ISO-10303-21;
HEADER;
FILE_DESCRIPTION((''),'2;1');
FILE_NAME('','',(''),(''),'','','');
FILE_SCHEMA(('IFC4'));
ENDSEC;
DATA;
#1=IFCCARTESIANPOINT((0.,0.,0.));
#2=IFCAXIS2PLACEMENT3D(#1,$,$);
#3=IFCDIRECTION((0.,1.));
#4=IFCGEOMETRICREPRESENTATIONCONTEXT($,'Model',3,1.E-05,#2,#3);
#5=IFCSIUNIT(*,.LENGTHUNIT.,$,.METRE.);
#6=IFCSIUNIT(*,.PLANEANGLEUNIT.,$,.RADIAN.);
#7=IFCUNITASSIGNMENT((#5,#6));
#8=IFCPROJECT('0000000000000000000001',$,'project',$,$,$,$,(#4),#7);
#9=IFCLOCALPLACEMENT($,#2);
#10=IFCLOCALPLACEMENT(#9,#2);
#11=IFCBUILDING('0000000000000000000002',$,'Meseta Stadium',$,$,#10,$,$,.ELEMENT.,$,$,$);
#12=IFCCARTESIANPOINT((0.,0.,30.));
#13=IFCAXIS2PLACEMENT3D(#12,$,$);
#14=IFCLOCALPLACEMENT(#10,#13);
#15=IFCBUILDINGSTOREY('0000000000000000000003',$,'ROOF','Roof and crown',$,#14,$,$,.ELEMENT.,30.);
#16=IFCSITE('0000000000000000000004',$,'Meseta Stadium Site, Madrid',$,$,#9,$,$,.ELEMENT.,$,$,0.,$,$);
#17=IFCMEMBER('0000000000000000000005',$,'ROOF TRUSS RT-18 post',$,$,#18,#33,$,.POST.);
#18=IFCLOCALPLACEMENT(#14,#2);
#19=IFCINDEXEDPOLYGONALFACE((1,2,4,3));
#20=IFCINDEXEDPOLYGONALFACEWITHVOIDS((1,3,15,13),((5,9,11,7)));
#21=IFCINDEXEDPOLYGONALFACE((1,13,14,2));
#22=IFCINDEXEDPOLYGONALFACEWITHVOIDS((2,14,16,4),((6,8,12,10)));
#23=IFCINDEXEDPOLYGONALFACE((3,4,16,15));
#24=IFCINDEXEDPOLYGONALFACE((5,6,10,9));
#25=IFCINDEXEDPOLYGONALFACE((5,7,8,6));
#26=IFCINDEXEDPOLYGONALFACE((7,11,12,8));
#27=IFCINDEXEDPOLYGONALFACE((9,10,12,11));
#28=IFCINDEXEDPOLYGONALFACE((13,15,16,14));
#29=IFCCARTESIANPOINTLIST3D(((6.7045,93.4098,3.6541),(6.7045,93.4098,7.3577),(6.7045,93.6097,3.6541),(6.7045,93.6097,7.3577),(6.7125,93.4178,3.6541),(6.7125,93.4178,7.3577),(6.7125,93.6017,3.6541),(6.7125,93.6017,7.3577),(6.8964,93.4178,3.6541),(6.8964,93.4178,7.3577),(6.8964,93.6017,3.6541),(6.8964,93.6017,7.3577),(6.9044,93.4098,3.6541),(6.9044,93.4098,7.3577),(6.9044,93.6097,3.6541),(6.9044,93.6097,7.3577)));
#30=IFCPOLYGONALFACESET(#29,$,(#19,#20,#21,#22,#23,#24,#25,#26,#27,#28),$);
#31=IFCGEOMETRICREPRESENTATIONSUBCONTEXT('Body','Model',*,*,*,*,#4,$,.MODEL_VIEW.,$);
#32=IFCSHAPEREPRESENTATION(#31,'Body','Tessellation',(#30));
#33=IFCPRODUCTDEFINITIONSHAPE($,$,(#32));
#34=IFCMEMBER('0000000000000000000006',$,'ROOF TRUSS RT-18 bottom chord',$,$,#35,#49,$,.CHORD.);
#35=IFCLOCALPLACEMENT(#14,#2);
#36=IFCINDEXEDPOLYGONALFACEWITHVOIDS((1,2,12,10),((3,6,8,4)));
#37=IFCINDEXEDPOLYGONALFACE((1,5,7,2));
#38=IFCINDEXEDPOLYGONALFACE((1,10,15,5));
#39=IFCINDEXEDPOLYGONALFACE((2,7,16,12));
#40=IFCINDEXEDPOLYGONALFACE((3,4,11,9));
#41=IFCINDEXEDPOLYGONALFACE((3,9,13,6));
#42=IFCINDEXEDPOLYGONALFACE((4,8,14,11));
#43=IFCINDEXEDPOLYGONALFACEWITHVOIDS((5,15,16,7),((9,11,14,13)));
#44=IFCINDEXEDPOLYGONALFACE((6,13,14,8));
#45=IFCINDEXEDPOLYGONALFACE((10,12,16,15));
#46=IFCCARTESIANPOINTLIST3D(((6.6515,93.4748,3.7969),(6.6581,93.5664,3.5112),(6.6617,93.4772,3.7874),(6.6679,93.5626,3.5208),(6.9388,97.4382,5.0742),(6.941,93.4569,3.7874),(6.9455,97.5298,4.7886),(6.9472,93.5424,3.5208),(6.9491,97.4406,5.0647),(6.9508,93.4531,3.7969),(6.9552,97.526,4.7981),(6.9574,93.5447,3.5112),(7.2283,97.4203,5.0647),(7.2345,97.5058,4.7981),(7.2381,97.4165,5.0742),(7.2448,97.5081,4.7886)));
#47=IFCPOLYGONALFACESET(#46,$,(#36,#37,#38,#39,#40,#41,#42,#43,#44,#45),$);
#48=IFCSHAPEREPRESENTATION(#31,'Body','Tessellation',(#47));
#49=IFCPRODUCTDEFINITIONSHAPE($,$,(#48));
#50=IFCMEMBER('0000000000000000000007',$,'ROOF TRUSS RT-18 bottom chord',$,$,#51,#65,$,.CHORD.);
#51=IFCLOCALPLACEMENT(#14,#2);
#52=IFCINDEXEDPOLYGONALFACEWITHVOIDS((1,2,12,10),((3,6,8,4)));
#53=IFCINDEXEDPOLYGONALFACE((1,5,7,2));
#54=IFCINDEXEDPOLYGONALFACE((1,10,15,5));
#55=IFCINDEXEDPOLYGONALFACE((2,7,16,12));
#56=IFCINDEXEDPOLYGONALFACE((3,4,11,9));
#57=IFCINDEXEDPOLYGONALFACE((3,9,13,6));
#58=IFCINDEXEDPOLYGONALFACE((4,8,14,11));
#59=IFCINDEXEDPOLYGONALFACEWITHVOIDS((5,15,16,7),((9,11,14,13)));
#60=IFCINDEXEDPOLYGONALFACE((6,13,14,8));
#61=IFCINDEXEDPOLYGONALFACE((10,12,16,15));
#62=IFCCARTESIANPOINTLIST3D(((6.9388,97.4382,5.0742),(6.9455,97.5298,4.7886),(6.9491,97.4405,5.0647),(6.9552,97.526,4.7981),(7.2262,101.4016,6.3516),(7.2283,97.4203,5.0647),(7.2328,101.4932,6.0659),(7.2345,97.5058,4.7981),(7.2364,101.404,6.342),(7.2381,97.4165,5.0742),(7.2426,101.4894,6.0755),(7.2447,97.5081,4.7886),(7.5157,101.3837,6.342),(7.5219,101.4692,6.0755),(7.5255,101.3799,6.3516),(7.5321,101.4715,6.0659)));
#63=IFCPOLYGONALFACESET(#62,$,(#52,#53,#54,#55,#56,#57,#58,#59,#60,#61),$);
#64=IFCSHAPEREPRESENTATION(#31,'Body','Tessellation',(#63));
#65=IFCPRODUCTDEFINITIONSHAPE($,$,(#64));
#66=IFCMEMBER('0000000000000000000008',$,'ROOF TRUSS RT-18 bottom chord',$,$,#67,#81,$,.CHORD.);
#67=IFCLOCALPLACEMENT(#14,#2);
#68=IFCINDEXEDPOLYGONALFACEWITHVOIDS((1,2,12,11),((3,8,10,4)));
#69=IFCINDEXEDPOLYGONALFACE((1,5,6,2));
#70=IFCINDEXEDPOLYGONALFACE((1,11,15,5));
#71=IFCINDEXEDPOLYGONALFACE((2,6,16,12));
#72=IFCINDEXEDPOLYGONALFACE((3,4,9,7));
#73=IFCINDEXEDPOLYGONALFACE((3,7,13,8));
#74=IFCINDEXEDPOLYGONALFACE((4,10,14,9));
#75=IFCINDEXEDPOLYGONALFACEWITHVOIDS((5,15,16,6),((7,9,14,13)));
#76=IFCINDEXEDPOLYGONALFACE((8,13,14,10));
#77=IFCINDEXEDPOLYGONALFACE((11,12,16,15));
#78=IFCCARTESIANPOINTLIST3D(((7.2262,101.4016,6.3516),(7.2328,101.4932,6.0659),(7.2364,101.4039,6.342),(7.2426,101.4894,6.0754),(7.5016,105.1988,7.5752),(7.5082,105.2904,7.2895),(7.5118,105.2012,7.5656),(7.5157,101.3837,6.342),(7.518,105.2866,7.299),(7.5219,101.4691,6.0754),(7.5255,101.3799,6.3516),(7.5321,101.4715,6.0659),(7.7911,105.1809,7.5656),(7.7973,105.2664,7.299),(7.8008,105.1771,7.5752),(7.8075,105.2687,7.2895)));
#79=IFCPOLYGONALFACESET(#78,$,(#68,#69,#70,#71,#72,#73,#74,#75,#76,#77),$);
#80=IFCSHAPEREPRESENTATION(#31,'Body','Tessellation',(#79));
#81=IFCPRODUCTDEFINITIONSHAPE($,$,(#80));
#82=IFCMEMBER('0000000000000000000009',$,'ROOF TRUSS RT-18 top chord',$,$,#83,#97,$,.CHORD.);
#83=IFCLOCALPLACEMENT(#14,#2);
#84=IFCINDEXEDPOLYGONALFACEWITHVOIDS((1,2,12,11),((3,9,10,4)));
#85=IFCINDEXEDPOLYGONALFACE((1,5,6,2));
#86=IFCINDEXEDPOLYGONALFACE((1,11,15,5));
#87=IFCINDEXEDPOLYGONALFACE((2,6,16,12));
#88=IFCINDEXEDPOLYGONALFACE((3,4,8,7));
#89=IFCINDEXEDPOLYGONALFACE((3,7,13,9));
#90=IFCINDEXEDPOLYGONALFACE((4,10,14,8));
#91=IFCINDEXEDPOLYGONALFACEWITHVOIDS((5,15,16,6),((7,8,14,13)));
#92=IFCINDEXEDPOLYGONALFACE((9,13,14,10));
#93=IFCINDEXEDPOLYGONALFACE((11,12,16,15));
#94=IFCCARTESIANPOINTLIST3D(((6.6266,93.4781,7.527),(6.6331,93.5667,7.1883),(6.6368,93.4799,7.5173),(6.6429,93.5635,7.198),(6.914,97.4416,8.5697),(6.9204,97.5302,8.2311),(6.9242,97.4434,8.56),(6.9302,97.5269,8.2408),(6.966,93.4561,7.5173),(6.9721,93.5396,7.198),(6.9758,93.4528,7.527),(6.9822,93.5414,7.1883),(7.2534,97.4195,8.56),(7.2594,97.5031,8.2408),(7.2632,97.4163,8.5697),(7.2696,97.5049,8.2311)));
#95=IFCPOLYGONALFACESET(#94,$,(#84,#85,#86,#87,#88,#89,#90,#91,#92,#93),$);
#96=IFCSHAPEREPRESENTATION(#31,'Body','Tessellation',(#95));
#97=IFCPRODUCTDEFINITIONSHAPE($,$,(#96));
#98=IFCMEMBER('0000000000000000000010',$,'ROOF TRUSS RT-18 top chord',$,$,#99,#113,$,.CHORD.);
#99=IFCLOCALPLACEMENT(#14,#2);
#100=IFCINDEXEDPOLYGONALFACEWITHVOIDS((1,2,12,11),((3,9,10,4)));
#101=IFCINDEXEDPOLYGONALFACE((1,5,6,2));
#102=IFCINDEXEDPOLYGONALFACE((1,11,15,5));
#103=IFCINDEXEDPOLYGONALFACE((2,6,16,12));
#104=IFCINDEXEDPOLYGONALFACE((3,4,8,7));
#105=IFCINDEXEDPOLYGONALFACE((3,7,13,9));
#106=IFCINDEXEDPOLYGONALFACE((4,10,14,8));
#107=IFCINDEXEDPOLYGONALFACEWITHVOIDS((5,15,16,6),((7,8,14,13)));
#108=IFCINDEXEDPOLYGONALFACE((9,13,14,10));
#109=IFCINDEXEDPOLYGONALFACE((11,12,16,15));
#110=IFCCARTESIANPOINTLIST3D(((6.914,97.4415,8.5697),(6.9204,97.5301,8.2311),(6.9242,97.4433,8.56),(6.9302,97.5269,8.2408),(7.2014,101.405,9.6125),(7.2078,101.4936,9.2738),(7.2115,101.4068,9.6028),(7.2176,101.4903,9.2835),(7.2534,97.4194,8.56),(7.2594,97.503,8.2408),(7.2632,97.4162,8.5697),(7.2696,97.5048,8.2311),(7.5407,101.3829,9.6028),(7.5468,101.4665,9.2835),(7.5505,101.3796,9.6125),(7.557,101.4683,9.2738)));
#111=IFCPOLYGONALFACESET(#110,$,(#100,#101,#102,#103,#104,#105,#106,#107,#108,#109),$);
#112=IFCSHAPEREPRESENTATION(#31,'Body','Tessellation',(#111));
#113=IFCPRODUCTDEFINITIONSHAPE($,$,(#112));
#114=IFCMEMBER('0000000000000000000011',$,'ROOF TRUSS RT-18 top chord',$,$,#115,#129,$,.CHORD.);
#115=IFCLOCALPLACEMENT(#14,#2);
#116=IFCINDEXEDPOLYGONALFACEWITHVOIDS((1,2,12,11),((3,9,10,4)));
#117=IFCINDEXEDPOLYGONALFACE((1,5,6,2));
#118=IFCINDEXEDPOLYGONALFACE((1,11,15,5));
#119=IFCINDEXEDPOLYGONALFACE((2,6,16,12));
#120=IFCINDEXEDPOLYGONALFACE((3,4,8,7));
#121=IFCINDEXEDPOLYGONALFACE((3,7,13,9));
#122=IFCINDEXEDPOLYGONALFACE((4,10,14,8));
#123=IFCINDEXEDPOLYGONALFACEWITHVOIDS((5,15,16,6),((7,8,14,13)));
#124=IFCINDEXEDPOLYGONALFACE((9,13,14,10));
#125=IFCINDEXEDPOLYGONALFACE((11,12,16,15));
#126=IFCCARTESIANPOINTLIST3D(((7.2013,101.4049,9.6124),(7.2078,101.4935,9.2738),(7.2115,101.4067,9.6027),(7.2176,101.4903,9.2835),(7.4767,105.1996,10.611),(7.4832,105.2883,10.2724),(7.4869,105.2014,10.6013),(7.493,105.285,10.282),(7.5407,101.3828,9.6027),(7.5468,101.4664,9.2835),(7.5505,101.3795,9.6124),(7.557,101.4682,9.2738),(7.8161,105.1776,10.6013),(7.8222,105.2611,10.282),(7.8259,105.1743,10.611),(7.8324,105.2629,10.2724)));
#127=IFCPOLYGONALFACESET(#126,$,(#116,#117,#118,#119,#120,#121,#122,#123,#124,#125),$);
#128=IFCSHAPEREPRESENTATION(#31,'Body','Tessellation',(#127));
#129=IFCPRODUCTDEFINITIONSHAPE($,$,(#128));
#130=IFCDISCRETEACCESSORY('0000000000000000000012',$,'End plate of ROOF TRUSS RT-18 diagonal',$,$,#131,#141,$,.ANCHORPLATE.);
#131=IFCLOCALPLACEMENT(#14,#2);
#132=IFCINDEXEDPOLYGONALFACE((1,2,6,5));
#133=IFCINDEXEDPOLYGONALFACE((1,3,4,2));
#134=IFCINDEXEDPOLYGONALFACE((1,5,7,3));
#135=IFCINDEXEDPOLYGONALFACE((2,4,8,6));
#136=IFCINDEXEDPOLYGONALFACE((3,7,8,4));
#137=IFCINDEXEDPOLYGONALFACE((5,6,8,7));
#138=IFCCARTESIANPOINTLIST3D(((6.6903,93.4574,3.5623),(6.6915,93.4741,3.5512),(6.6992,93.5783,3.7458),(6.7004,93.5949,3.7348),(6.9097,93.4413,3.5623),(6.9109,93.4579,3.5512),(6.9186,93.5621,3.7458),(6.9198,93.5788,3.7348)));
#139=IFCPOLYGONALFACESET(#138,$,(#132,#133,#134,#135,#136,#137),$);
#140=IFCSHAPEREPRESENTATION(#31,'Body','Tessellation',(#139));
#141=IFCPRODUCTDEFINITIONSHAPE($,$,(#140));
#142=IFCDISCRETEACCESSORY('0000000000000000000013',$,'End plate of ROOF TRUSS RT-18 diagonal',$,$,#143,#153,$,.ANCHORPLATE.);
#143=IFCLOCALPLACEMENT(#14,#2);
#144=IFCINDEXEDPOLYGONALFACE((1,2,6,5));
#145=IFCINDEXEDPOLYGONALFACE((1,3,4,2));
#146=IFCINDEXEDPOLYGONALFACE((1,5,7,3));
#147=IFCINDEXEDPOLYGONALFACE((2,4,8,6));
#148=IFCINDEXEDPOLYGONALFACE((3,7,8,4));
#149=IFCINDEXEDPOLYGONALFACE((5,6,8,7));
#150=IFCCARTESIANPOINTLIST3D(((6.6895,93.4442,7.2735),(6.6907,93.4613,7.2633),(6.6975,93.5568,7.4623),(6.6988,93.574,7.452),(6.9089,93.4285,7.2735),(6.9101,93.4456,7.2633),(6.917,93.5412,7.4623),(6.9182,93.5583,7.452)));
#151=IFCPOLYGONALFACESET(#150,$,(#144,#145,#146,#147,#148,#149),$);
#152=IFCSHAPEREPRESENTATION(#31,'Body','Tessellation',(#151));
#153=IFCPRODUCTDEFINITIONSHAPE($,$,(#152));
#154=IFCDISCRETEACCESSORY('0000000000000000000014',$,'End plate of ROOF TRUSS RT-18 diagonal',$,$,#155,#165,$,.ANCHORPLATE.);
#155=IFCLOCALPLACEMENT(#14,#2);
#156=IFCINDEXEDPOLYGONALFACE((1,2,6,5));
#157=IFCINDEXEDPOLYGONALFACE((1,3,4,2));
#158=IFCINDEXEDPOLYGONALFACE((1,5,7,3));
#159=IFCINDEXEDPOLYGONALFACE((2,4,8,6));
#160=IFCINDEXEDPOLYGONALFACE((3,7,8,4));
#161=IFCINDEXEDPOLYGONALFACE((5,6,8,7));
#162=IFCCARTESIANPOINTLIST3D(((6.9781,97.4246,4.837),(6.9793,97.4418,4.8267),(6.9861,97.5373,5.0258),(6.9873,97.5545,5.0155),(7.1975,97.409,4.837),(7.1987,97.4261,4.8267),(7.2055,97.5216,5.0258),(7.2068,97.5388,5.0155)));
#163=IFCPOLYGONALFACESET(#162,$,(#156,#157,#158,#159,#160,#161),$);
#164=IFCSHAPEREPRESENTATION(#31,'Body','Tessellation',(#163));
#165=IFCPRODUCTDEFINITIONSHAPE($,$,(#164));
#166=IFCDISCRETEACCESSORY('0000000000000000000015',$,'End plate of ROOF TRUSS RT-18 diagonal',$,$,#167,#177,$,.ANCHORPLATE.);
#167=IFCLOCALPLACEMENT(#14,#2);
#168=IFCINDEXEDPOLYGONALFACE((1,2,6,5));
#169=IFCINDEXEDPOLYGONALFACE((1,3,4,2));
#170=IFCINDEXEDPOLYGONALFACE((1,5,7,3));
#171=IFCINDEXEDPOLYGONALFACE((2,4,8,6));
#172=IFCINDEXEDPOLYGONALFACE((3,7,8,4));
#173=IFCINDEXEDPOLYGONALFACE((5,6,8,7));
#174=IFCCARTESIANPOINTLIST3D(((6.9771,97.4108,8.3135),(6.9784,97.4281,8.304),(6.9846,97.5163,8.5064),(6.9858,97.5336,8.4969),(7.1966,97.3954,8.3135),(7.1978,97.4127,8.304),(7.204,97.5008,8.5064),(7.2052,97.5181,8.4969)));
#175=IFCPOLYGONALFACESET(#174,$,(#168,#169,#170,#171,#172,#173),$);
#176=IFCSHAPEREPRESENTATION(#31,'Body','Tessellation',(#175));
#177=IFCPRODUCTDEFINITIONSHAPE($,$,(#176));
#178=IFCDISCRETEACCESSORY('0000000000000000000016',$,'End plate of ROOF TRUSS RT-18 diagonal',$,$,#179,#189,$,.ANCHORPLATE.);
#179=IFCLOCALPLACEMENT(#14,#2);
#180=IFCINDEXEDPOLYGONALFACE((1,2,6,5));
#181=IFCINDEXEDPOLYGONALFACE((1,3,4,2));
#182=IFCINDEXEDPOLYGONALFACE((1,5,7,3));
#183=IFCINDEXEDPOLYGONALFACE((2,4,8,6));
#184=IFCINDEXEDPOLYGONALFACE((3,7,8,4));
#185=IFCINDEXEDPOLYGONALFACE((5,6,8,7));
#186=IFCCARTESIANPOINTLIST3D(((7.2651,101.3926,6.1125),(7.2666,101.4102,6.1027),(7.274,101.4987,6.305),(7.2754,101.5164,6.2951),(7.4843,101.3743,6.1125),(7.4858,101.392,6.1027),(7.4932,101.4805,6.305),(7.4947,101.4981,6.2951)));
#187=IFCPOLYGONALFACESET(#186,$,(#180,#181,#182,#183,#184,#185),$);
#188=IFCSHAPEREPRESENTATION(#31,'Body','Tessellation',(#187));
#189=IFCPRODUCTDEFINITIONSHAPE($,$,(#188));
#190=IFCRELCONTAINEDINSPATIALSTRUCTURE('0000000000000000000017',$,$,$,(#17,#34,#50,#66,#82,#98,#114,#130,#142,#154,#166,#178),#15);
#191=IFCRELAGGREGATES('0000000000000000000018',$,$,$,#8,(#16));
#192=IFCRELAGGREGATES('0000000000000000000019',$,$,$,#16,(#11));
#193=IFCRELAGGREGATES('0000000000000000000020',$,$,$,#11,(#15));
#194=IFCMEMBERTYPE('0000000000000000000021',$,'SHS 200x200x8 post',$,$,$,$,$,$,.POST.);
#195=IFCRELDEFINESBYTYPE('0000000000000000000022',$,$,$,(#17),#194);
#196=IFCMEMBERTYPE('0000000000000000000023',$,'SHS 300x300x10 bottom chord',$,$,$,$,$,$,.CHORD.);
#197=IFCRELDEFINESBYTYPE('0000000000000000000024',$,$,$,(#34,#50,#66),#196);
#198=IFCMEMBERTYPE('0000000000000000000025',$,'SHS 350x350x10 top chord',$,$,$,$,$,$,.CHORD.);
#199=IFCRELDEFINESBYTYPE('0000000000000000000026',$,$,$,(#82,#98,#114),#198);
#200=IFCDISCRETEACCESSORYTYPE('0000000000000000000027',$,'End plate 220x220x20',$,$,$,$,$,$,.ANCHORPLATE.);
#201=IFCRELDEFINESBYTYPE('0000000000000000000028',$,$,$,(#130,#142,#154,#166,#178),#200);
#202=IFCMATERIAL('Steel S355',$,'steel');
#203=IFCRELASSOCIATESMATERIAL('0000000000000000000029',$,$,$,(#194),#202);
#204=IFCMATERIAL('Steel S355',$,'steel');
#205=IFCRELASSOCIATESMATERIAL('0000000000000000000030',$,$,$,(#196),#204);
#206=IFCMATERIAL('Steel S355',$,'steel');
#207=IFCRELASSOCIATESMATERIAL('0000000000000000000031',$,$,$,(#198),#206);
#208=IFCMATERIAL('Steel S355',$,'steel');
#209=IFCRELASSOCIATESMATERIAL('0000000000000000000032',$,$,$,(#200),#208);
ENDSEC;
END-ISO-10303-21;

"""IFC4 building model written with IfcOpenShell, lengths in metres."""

from ifc_helpers import new_model, si_unit, direction, frame, origin, origin_2d, place, context, subcontext, project, spatial, rectangle, hollow_rectangle, extrude, material, material_profile, profile_set, type_object, element, save


model = new_model("IFC4")

# Units and contexts
model_context = context("Model", 3, precision=1e-05, world=origin(), true_north=direction((0.0, 1.0)))
body_context = subcontext(model_context, "Body", "Model", "MODEL_VIEW")
ifc_project = project(units=[si_unit("LENGTHUNIT", "METRE"), si_unit("PLANEANGLEUNIT", "RADIAN")], contexts=[model_context])

# Site, building, storey
site_placement = place(None, origin())
site = spatial("IfcSite", under=ifc_project, at=site_placement, Name="Meseta Stadium Site, Madrid", CompositionType="ELEMENT", RefElevation=0.0)
building_placement = place(site_placement, origin())
building = spatial("IfcBuilding", under=site, at=building_placement, Name="Meseta Stadium", CompositionType="ELEMENT")
storey_placement = place(building_placement, frame((0.0, 0.0, 30.0)))
storey = spatial("IfcBuildingStorey", under=building, at=storey_placement, Name="ROOF", Description="Roof and crown", CompositionType="ELEMENT", Elevation=30.0)

# Members
ifc_material_1 = material(Name="Steel S355", Category="steel")
ifc_material_profile_1 = material_profile(ifc_material_1, hollow_rectangle(XDim=0.2, YDim=0.2, WallThickness=0.0081, at=origin_2d()), Name="SHS 200x200x8")
ifc_profile_set_1 = profile_set([ifc_material_profile_1], Name="Steel S355")
member_type_1 = type_object("IfcMemberType", Name="SHS 200x200x8 post", PredefinedType="POST", material=ifc_profile_set_1)
member_1_placement = place(storey_placement, frame((6.8044, 93.5098, 3.6541), z_axis=(0.0, 0.0, 1.0), x_axis=(1.0, 0.0, 0.0)))
element("IfcMember", 1, at=member_1_placement, inside=storey, type_object=member_type_1, Name="ROOF TRUSS RT-18 post", PredefinedType="POST", context=body_context, shape_type="SweptSolid", body=[
    extrude(hollow_rectangle(XDim=0.2, YDim=0.2, WallThickness=0.0081, at=origin_2d()), origin(), (0.0, 0.0, 1.0), 3.7036),
])
ifc_material_2 = material(Name="Steel S355", Category="steel")
ifc_material_profile_2 = material_profile(ifc_material_2, hollow_rectangle(XDim=0.3, YDim=0.3, WallThickness=0.01, at=origin_2d()), Name="SHS 300x300x10")
ifc_profile_set_2 = profile_set([ifc_material_profile_2], Name="Steel S355")
member_type_2 = type_object("IfcMemberType", Name="SHS 300x300x10 bottom chord", PredefinedType="CHORD", material=ifc_profile_set_2)
for number, where, z_axis, x_axis, name in (
    (2, (6.8044, 93.5098, 3.6541), (0.068843, 0.949532, 0.306021), (-0.997382, 0.072312, 0.0), "ROOF TRUSS RT-18 bottom chord"),
    (3, (7.0918, 97.4731, 4.9314), (0.068843, 0.949532, 0.306021), (-0.997382, 0.072312, 0.0), "ROOF TRUSS RT-18 bottom chord"),
):
    element("IfcMember", number, at=place(storey_placement, frame(where, z_axis=z_axis, x_axis=x_axis)), inside=storey, type_object=member_type_2, Name=name, PredefinedType="CHORD", context=body_context, shape_type="SweptSolid", body=[
        extrude(hollow_rectangle(XDim=0.3, YDim=0.3, WallThickness=0.01, at=origin_2d()), origin(), (0.0, 0.0, 1.0), 4.1741),
    ])
member_2_placement = place(storey_placement, frame((7.3792, 101.4365, 6.2087), z_axis=(0.068863, 0.949546, 0.305974), x_axis=(-0.997381, 0.072332, 0.0)))
element("IfcMember", 4, at=member_2_placement, inside=storey, type_object=member_type_2, Name="ROOF TRUSS RT-18 bottom chord", PredefinedType="CHORD", context=body_context, shape_type="SweptSolid", body=[
    extrude(hollow_rectangle(XDim=0.3, YDim=0.3, WallThickness=0.01, at=origin_2d()), origin(), (0.0, 0.0, 1.0), 3.999),
])
ifc_material_3 = material(Name="Steel S355", Category="steel")
ifc_material_profile_3 = material_profile(ifc_material_3, hollow_rectangle(XDim=0.3501, YDim=0.3501, WallThickness=0.01, at=origin_2d()), Name="SHS 350x350x10")
ifc_profile_set_3 = profile_set([ifc_material_profile_3], Name="Steel S355")
member_type_3 = type_object("IfcMemberType", Name="SHS 350x350x10 top chord", PredefinedType="CHORD", material=ifc_profile_set_3)
for number, where, z_axis, x_axis, name in (
    (5, (6.8044, 93.5098, 7.3577), (0.069944, 0.964722, 0.253809), (-0.997382, 0.072312, 0.0), "ROOF TRUSS RT-18 top chord"),
    (6, (7.0918, 97.4731, 8.4004), (0.069944, 0.964722, 0.253809), (-0.997382, 0.072312, 0.0), "ROOF TRUSS RT-18 top chord"),
):
    element("IfcMember", number, at=place(storey_placement, frame(where, z_axis=z_axis, x_axis=x_axis)), inside=storey, type_object=member_type_3, Name=name, PredefinedType="CHORD", context=body_context, shape_type="SweptSolid", body=[
        extrude(hollow_rectangle(XDim=0.3501, YDim=0.3501, WallThickness=0.01, at=origin_2d()), origin(), (0.0, 0.0, 1.0), 4.1084),
    ])
member_3_placement = place(storey_placement, frame((7.3792, 101.4365, 9.4431), z_axis=(0.070011, 0.964706, 0.253854), x_axis=(-0.997377, 0.072382, 0.0)))
element("IfcMember", 7, at=member_3_placement, inside=storey, type_object=member_type_3, Name="ROOF TRUSS RT-18 top chord", PredefinedType="CHORD", context=body_context, shape_type="SweptSolid", body=[
    extrude(hollow_rectangle(XDim=0.3501, YDim=0.3501, WallThickness=0.01, at=origin_2d()), origin(), (0.0, 0.0, 1.0), 3.9336),
])

# Discrete accessories
ifc_material_4 = material(Name="Steel S355", Category="steel")
ifc_material_profile_4 = material_profile(ifc_material_4, rectangle(XDim=0.22, YDim=0.22, at=origin_2d()), Name="PL 220x220")
ifc_profile_set_4 = profile_set([ifc_material_profile_4], Name="Steel S355")
discrete_accessory_type_1 = type_object("IfcDiscreteAccessoryType", Name="End plate 220x220x20", PredefinedType="ANCHORPLATE", material=ifc_profile_set_4)
for number, where, z_axis, x_axis, name in (
    (8, (6.8044, 93.5098, 3.6541), (0.061204, 0.832369, -0.550832), (-0.997308, 0.073331, 0.0), "End plate of ROOF TRUSS RT-18 diagonal"),
    (9, (6.8032, 93.4927, 7.3679), (0.061135, 0.855889, -0.513533), (-0.997459, 0.071247, 0.0), "End plate of ROOF TRUSS RT-18 diagonal"),
    (10, (7.0918, 97.4731, 4.9314), (0.061135, 0.855889, -0.513533), (-0.997459, 0.071247, 0.0), "End plate of ROOF TRUSS RT-18 diagonal"),
):
    element("IfcDiscreteAccessory", number, at=place(storey_placement, frame(where, z_axis=z_axis, x_axis=x_axis)), inside=storey, type_object=discrete_accessory_type_1, Name=name, PredefinedType="ANCHORPLATE", context=body_context, shape_type="SweptSolid", body=[
        extrude(rectangle(XDim=0.22, YDim=0.22, at=origin_2d()), origin(), (0.0, 0.0, 1.0), 0.02),
    ])
discrete_accessory_1_placement = place(storey_placement, frame((7.0906, 97.4558, 8.4099), z_axis=(0.061606, 0.874812, -0.48053), x_axis=(-0.99753, 0.070249, 0.0)))
element("IfcDiscreteAccessory", 11, at=discrete_accessory_1_placement, inside=storey, type_object=discrete_accessory_type_1, Name="End plate of ROOF TRUSS RT-18 diagonal", PredefinedType="ANCHORPLATE", context=body_context, shape_type="SweptSolid", body=[
    extrude(rectangle(XDim=0.22, YDim=0.22, at=origin_2d()), origin(), (0.0, 0.0, 1.0), 0.0198),
])
discrete_accessory_2_placement = place(storey_placement, frame((7.3792, 101.4365, 6.2087), z_axis=(0.072654, 0.871847, -0.484359), x_axis=(-0.996546, 0.083045, 0.0)))
element("IfcDiscreteAccessory", 12, at=discrete_accessory_2_placement, inside=storey, type_object=discrete_accessory_type_1, Name="End plate of ROOF TRUSS RT-18 diagonal", PredefinedType="ANCHORPLATE", context=body_context, shape_type="SweptSolid", body=[
    extrude(rectangle(XDim=0.22, YDim=0.22, at=origin_2d()), origin(), (0.0, 0.0, 1.0), 0.0203),
])

save(model, "model.ifc")
